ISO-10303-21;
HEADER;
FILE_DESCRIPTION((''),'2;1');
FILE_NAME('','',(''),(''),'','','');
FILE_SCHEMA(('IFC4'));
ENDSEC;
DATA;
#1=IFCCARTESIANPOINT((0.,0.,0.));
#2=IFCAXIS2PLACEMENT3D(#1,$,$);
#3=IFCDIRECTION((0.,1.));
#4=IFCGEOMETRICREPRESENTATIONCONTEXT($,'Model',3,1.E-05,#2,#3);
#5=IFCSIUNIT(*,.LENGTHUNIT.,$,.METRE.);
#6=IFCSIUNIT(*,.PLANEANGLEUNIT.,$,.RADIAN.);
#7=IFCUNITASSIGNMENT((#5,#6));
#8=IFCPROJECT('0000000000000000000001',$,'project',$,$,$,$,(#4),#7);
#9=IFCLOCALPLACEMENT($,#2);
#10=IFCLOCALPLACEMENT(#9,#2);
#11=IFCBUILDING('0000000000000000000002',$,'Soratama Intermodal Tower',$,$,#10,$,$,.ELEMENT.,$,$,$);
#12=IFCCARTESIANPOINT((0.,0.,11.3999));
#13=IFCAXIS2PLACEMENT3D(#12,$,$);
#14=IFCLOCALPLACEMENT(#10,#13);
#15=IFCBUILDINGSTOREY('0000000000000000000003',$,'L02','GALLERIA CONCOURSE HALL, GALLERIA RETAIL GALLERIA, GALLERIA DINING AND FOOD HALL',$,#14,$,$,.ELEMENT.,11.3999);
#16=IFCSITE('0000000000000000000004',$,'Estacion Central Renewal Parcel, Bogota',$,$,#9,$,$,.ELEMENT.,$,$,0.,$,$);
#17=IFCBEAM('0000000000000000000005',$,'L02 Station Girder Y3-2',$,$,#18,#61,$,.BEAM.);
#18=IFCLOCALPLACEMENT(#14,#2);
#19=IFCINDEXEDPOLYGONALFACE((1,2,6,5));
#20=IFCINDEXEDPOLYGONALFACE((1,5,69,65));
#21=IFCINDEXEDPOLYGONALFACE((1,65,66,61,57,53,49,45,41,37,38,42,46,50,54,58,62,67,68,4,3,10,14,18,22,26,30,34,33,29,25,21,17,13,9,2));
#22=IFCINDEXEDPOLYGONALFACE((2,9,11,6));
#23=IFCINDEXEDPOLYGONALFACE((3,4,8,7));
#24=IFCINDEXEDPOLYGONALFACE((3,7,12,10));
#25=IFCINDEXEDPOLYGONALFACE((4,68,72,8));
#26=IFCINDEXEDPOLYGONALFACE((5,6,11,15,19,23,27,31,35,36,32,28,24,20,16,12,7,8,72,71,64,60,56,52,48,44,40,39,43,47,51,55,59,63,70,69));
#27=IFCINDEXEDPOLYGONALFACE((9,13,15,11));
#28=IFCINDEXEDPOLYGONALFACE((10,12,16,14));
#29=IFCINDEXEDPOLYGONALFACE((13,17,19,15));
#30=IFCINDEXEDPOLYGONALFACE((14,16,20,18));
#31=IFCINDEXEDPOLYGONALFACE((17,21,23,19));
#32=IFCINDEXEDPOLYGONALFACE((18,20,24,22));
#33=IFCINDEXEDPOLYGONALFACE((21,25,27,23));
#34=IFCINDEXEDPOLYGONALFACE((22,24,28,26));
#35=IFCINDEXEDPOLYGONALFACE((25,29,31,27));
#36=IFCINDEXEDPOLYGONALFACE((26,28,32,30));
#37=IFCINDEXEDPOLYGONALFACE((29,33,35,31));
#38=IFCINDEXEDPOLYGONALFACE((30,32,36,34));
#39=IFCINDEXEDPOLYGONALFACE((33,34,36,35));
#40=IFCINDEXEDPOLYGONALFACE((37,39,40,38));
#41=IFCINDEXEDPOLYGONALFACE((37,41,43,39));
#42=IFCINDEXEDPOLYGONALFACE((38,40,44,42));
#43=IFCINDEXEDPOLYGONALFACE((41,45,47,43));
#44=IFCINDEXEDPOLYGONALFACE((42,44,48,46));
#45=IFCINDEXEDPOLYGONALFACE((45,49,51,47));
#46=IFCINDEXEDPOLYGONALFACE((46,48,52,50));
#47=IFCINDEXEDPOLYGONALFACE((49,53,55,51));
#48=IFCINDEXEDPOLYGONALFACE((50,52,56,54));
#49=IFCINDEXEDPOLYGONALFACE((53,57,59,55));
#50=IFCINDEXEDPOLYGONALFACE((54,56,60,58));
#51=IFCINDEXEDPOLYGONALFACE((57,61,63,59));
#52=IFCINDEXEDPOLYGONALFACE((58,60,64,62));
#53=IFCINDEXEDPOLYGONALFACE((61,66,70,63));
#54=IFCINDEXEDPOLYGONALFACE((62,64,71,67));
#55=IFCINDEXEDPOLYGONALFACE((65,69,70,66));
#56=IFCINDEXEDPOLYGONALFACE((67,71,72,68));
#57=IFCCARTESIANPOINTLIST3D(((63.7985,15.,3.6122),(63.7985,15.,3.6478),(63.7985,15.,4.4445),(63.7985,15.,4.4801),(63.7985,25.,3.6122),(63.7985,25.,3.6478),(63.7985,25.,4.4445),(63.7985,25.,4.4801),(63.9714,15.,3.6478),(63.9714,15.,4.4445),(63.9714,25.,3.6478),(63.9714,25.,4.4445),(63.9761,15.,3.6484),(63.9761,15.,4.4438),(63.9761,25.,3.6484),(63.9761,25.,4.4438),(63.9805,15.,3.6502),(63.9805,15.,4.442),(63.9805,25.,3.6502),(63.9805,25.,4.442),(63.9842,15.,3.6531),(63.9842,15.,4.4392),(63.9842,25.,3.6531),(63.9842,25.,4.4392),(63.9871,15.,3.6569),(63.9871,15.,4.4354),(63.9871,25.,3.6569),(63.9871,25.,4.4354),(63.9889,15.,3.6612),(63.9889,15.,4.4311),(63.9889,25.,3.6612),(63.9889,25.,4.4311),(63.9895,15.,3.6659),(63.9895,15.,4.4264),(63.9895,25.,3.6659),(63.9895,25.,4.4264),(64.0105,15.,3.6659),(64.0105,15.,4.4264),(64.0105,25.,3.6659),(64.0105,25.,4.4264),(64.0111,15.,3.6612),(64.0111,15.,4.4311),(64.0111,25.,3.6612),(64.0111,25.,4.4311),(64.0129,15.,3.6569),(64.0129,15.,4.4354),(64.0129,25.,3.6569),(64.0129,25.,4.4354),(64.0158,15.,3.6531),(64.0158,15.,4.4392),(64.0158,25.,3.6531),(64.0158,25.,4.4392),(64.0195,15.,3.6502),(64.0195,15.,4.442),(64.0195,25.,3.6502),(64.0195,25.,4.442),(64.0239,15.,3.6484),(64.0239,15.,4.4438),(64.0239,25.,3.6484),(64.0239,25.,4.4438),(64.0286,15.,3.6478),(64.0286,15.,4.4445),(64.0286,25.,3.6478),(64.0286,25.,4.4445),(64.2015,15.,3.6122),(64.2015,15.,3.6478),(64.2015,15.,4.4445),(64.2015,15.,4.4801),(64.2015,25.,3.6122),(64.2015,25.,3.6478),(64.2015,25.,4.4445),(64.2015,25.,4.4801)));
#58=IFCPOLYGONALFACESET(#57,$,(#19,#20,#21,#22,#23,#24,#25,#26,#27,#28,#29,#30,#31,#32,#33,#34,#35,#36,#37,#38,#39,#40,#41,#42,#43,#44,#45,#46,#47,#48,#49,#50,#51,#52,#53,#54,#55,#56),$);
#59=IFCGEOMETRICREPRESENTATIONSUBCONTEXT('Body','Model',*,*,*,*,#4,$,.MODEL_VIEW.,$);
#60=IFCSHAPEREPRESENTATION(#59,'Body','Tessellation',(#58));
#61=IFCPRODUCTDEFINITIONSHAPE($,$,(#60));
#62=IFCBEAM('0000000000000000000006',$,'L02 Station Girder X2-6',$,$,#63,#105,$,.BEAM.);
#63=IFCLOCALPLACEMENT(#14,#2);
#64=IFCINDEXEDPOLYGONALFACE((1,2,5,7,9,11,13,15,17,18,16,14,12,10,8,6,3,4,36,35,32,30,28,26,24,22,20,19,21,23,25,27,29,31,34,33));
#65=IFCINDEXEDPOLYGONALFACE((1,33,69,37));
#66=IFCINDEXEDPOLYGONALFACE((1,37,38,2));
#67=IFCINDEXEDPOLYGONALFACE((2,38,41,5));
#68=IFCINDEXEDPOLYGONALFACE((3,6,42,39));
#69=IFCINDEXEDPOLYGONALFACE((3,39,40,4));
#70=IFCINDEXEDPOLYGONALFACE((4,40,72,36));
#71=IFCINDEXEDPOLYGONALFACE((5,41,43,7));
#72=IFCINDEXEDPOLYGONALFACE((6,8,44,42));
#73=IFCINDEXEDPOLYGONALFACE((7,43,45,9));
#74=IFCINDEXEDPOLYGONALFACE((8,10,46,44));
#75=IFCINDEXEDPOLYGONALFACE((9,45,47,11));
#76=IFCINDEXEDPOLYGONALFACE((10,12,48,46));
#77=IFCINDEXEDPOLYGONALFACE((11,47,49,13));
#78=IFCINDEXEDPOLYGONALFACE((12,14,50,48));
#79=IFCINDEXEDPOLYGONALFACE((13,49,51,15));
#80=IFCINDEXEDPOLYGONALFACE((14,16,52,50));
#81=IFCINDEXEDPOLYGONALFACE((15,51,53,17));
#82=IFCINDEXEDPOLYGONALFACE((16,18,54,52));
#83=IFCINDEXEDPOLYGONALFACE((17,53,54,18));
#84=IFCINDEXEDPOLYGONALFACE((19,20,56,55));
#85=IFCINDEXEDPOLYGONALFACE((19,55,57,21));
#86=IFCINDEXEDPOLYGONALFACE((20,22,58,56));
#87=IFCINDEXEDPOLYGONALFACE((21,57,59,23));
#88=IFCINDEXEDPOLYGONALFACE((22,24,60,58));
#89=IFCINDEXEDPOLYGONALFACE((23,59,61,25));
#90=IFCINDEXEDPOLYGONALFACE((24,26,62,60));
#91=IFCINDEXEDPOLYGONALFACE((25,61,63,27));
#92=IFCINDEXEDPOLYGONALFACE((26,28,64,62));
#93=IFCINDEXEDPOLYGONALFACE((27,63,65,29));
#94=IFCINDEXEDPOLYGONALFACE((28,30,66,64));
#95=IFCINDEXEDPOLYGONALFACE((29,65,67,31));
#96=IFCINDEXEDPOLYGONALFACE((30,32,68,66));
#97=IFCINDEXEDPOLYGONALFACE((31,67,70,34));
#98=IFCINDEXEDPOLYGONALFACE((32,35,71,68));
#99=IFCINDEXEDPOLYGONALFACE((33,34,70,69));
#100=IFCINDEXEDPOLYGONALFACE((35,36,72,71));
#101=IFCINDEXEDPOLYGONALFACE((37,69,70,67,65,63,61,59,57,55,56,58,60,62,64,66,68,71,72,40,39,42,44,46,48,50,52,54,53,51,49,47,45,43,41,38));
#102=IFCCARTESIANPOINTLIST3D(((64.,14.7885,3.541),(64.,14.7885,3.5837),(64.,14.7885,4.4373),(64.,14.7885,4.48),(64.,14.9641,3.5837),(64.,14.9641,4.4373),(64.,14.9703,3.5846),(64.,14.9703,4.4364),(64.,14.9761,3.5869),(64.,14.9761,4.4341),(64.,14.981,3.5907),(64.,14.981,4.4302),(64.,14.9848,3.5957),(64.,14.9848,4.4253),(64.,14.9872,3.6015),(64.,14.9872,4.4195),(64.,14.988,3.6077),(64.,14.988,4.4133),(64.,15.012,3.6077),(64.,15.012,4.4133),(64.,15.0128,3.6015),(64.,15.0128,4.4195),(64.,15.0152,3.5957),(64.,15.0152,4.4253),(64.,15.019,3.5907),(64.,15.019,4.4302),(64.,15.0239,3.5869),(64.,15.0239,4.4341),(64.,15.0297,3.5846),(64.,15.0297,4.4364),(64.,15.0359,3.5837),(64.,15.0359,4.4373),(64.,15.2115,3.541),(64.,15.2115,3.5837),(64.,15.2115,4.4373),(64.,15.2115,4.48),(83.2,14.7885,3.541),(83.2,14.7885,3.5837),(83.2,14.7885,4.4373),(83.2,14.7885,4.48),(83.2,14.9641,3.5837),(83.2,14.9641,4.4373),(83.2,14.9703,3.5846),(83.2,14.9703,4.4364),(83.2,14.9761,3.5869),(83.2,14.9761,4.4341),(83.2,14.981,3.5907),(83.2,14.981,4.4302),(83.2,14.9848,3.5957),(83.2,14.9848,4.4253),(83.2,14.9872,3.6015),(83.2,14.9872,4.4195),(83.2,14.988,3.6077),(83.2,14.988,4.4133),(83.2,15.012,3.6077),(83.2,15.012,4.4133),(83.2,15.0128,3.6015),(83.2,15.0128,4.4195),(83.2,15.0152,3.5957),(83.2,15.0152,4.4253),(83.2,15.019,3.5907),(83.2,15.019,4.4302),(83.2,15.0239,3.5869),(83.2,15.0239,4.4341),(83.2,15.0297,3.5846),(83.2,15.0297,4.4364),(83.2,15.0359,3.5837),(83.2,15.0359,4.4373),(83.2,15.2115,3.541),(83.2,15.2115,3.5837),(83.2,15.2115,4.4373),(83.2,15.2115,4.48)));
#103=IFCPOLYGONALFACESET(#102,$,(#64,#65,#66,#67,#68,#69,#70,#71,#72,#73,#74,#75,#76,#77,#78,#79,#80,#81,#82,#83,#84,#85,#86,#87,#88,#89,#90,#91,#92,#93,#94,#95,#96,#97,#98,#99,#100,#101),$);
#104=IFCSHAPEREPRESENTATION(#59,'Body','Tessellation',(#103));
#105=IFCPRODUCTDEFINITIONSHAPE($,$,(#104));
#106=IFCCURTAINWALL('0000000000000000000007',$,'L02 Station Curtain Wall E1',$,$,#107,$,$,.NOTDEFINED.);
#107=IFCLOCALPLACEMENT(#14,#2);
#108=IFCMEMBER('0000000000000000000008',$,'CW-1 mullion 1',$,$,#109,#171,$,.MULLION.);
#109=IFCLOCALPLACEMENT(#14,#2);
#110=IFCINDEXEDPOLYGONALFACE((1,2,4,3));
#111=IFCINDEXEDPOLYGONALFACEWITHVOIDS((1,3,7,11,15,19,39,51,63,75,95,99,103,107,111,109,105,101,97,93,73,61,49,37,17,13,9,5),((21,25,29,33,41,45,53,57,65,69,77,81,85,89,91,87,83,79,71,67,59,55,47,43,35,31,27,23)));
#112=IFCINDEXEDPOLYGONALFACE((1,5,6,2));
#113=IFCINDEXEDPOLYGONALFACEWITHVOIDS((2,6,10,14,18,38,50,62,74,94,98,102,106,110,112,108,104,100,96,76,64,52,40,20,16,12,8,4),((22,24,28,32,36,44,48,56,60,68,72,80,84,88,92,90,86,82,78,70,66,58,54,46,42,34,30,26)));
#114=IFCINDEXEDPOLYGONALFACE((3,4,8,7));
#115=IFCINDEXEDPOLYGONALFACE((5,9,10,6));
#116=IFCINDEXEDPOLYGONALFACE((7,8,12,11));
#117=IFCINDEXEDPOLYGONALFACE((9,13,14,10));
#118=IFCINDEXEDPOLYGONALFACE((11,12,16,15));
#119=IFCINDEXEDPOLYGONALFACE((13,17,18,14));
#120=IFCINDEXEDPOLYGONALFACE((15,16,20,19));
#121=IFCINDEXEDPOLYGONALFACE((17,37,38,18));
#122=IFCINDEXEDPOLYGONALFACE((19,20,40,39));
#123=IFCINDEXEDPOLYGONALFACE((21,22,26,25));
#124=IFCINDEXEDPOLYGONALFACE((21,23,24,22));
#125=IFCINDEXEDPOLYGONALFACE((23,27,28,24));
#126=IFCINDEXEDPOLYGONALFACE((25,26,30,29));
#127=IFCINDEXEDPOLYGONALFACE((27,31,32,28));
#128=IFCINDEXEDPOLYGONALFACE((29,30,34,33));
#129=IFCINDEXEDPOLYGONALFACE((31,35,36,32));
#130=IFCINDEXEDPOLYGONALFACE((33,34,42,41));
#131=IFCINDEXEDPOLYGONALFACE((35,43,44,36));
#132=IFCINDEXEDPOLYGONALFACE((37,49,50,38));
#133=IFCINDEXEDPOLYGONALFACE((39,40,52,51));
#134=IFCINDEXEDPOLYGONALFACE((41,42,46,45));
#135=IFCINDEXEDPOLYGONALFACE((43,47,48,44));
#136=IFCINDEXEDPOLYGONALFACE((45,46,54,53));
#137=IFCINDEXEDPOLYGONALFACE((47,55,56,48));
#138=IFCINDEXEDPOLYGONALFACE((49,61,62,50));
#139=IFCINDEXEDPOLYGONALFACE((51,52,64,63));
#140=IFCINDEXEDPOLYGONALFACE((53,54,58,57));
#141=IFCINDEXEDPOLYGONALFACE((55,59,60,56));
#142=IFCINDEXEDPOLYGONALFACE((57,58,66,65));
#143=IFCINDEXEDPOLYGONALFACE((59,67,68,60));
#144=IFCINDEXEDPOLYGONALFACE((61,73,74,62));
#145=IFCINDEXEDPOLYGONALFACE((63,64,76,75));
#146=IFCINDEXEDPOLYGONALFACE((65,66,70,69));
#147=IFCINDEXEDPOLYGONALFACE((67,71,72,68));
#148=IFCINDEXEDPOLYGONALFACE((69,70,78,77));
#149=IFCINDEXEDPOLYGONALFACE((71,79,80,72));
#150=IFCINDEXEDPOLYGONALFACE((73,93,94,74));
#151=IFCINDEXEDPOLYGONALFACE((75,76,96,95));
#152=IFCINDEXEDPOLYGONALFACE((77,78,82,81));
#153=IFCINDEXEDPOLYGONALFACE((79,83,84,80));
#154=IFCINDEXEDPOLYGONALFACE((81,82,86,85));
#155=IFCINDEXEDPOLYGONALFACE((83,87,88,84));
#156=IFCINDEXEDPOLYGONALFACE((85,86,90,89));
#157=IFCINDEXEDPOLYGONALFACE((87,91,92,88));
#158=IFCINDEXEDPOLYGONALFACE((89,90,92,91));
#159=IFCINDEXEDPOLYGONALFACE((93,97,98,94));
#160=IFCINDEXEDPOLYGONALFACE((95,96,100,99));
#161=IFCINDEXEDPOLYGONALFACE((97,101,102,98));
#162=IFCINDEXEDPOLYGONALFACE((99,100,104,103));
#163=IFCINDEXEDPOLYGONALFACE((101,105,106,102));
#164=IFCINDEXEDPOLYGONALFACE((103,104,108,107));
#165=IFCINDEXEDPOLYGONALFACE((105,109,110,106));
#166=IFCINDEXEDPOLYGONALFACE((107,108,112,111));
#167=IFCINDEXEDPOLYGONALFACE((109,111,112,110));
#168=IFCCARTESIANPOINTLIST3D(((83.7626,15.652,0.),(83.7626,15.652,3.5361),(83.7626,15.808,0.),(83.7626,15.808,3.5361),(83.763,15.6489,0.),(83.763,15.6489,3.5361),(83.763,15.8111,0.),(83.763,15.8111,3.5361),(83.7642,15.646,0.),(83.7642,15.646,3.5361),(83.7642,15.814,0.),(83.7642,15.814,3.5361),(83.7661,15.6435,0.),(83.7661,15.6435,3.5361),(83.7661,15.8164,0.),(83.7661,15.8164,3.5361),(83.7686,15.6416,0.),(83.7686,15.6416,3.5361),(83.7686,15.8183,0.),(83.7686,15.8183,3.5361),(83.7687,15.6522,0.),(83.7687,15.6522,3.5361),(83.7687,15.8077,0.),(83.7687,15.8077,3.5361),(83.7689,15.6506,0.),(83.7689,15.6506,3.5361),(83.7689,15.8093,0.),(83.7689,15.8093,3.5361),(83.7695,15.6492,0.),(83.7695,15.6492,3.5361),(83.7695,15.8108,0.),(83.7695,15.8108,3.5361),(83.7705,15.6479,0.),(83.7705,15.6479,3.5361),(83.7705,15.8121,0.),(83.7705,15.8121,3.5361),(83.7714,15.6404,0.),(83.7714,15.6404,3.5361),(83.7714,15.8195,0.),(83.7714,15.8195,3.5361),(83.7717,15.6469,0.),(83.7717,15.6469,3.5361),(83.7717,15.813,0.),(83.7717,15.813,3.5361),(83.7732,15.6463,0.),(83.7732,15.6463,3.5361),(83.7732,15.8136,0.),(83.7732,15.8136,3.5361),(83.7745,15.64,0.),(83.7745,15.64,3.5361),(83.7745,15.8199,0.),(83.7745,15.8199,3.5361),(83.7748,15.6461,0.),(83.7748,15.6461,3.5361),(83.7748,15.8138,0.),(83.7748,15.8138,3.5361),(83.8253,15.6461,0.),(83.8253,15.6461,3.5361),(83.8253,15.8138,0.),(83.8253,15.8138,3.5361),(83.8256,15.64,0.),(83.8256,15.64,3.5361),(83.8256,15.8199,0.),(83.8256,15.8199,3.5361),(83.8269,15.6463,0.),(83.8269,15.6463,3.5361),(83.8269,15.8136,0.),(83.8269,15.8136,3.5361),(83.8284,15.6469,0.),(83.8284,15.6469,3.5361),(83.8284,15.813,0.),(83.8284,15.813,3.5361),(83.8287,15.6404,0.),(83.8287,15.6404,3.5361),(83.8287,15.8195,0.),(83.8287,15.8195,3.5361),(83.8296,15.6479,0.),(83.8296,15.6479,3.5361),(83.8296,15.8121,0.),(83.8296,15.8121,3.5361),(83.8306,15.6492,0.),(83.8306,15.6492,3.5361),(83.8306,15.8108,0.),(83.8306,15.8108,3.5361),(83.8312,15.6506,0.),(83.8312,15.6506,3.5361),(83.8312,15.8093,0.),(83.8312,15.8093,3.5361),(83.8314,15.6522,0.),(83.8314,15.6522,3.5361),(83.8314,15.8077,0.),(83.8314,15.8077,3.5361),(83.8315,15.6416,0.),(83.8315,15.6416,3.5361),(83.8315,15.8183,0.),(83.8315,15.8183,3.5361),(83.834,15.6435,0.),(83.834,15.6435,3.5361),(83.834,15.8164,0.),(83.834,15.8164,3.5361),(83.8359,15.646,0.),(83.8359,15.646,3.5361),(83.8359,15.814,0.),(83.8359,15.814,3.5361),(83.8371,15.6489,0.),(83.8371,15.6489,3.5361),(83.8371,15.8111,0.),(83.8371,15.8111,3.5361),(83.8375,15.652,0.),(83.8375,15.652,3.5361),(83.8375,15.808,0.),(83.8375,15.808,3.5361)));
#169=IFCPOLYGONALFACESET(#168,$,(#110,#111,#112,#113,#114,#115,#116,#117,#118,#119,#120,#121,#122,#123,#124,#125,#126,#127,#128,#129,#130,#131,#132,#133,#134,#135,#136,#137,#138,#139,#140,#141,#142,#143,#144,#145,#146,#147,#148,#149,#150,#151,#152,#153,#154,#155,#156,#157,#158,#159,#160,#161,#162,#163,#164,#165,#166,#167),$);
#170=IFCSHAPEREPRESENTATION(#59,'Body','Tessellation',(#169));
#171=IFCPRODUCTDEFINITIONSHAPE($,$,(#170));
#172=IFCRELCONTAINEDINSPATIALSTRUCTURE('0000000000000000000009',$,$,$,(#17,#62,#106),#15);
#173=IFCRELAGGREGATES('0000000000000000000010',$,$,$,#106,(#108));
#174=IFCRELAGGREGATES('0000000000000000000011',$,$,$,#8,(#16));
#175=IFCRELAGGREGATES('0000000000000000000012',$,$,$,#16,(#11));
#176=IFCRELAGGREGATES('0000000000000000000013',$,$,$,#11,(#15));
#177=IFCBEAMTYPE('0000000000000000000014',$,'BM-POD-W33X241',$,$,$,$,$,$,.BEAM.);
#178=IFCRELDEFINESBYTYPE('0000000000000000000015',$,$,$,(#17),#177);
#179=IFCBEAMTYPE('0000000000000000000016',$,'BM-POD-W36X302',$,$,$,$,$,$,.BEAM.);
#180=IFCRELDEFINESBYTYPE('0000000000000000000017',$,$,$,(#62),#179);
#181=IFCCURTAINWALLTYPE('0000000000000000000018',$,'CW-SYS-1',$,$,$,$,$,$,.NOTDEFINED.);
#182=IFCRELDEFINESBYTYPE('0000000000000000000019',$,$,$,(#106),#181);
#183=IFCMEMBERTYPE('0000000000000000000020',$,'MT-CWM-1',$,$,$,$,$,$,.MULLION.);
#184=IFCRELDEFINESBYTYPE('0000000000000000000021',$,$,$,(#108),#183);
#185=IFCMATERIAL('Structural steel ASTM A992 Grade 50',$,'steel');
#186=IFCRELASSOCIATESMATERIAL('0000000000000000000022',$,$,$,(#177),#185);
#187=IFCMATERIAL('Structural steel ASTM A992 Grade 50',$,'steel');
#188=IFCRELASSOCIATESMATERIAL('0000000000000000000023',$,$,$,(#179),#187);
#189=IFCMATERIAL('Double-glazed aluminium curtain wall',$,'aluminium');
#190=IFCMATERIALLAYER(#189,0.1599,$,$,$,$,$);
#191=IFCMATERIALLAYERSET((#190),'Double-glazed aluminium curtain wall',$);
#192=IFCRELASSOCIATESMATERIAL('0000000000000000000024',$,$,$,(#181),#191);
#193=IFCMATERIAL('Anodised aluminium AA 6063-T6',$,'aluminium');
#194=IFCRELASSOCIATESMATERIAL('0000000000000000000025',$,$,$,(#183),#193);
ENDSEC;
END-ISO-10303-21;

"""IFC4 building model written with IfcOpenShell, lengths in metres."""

from ifc_helpers import new_model, si_unit, direction, frame, origin, origin_2d, place, context, subcontext, project, spatial, hollow_rectangle, i_section, extrude, material, layer, layer_set, material_profile, profile_set, type_object, element, aggregate, save


model = new_model("IFC4")

# Units and contexts
model_context = context("Model", 3, precision=1e-05, world=origin(), true_north=direction((0.0, 1.0)))
body_context = subcontext(model_context, "Body", "Model", "MODEL_VIEW")
ifc_project = project(units=[si_unit("LENGTHUNIT", "METRE"), si_unit("PLANEANGLEUNIT", "RADIAN")], contexts=[model_context])

# Site, building, storey
site_placement = place(None, origin())
site = spatial("IfcSite", under=ifc_project, at=site_placement, Name="Estacion Central Renewal Parcel, Bogota", CompositionType="ELEMENT", RefElevation=0.0)
building_placement = place(site_placement, origin())
building = spatial("IfcBuilding", under=site, at=building_placement, Name="Soratama Intermodal Tower", CompositionType="ELEMENT")
storey_placement = place(building_placement, frame((0.0, 0.0, 11.3999)))
storey = spatial("IfcBuildingStorey", under=building, at=storey_placement, Name="L02", Description="GALLERIA CONCOURSE HALL, GALLERIA RETAIL GALLERIA, GALLERIA DINING AND FOOD HALL", CompositionType="ELEMENT", Elevation=11.3999)

# Beams
ifc_material_1 = material(Name="Structural steel ASTM A992 Grade 50", Category="steel")
ifc_material_profile_1 = material_profile(ifc_material_1, i_section(OverallWidth=0.4031, OverallDepth=0.8679, WebThickness=0.021, FlangeThickness=0.0356, FilletRadius=0.0181, at=origin_2d()), Name="W33X241")
ifc_profile_set_1 = profile_set([ifc_material_profile_1], Name="Structural steel ASTM A992 Grade 50")
beam_type_1 = type_object("IfcBeamType", Name="BM-POD-W33X241", PredefinedType="BEAM", material=ifc_profile_set_1)
beam_1_placement = place(storey_placement, frame((64.0, 15.0, 4.0461), z_axis=(0.0, 1.0, 0.0), x_axis=(-1.0, 0.0, 0.0)))
element("IfcBeam", 1, at=beam_1_placement, inside=storey, type_object=beam_type_1, Name="L02 Station Girder Y3-2", PredefinedType="BEAM", context=body_context, shape_type="SweptSolid", body=[
    extrude(i_section(OverallWidth=0.4031, OverallDepth=0.8679, WebThickness=0.021, FlangeThickness=0.0356, FilletRadius=0.0181, at=origin_2d()), origin(), (0.0, 0.0, 1.0), 10.0),
])
ifc_material_2 = material(Name="Structural steel ASTM A992 Grade 50", Category="steel")
ifc_material_profile_2 = material_profile(ifc_material_2, i_section(OverallWidth=0.4231, OverallDepth=0.939, WebThickness=0.0239, FlangeThickness=0.0427, FilletRadius=0.0239, at=origin_2d()), Name="W36X302")
ifc_profile_set_2 = profile_set([ifc_material_profile_2], Name="Structural steel ASTM A992 Grade 50")
beam_type_2 = type_object("IfcBeamType", Name="BM-POD-W36X302", PredefinedType="BEAM", material=ifc_profile_set_2)
beam_2_placement = place(storey_placement, frame((64.0, 15.0, 4.0105), z_axis=(1.0, 0.0, 0.0), x_axis=(0.0, 1.0, 0.0)))
element("IfcBeam", 2, at=beam_2_placement, inside=storey, type_object=beam_type_2, Name="L02 Station Girder X2-6", PredefinedType="BEAM", context=body_context, shape_type="SweptSolid", body=[
    extrude(i_section(OverallWidth=0.4231, OverallDepth=0.939, WebThickness=0.0239, FlangeThickness=0.0427, FilletRadius=0.0239, at=origin_2d()), origin(), (0.0, 0.0, 1.0), 19.2),
])

# Curtain wall, member
ifc_material_3 = material(Name="Double-glazed aluminium curtain wall", Category="aluminium")
ifc_layer_1 = layer(ifc_material_3, 0.1599)
ifc_layer_set_1 = layer_set([ifc_layer_1], Name="Double-glazed aluminium curtain wall")
curtain_wall_type = type_object("IfcCurtainWallType", Name="CW-SYS-1", PredefinedType="NOTDEFINED", material=ifc_layer_set_1)
curtain_wall_placement = place(storey_placement, origin())
curtain_wall = element("IfcCurtainWall", 3, at=curtain_wall_placement, inside=storey, type_object=curtain_wall_type, Name="L02 Station Curtain Wall E1", PredefinedType="NOTDEFINED")
ifc_material_4 = material(Name="Anodised aluminium AA 6063-T6", Category="aluminium")
ifc_material_profile_3 = material_profile(ifc_material_4, hollow_rectangle(XDim=0.075, YDim=0.1799, WallThickness=0.0061, InnerFilletRadius=0.0061, OuterFilletRadius=0.012, at=origin_2d()), Name="CWM180X75X6")
ifc_profile_set_3 = profile_set([ifc_material_profile_3], Name="Anodised aluminium AA 6063-T6")
member_type_1 = type_object("IfcMemberType", Name="MT-CWM-1", PredefinedType="MULLION", material=ifc_profile_set_3)
member_1_placement = place(storey_placement, frame((83.8, 15.73, 0.0), z_axis=(0.0, 0.0, 1.0), x_axis=(-1.0, 0.0, 0.0)))
member_1 = element("IfcMember", 4, at=member_1_placement, type_object=member_type_1, Name="CW-1 mullion 1", PredefinedType="MULLION", context=body_context, shape_type="SweptSolid", body=[
    extrude(hollow_rectangle(XDim=0.075, YDim=0.1799, WallThickness=0.0061, InnerFilletRadius=0.0061, OuterFilletRadius=0.012, at=origin_2d()), origin(), (0.0, 0.0, 1.0), 3.5361),
])
aggregate(curtain_wall, [member_1])

save(model, "model.ifc")
